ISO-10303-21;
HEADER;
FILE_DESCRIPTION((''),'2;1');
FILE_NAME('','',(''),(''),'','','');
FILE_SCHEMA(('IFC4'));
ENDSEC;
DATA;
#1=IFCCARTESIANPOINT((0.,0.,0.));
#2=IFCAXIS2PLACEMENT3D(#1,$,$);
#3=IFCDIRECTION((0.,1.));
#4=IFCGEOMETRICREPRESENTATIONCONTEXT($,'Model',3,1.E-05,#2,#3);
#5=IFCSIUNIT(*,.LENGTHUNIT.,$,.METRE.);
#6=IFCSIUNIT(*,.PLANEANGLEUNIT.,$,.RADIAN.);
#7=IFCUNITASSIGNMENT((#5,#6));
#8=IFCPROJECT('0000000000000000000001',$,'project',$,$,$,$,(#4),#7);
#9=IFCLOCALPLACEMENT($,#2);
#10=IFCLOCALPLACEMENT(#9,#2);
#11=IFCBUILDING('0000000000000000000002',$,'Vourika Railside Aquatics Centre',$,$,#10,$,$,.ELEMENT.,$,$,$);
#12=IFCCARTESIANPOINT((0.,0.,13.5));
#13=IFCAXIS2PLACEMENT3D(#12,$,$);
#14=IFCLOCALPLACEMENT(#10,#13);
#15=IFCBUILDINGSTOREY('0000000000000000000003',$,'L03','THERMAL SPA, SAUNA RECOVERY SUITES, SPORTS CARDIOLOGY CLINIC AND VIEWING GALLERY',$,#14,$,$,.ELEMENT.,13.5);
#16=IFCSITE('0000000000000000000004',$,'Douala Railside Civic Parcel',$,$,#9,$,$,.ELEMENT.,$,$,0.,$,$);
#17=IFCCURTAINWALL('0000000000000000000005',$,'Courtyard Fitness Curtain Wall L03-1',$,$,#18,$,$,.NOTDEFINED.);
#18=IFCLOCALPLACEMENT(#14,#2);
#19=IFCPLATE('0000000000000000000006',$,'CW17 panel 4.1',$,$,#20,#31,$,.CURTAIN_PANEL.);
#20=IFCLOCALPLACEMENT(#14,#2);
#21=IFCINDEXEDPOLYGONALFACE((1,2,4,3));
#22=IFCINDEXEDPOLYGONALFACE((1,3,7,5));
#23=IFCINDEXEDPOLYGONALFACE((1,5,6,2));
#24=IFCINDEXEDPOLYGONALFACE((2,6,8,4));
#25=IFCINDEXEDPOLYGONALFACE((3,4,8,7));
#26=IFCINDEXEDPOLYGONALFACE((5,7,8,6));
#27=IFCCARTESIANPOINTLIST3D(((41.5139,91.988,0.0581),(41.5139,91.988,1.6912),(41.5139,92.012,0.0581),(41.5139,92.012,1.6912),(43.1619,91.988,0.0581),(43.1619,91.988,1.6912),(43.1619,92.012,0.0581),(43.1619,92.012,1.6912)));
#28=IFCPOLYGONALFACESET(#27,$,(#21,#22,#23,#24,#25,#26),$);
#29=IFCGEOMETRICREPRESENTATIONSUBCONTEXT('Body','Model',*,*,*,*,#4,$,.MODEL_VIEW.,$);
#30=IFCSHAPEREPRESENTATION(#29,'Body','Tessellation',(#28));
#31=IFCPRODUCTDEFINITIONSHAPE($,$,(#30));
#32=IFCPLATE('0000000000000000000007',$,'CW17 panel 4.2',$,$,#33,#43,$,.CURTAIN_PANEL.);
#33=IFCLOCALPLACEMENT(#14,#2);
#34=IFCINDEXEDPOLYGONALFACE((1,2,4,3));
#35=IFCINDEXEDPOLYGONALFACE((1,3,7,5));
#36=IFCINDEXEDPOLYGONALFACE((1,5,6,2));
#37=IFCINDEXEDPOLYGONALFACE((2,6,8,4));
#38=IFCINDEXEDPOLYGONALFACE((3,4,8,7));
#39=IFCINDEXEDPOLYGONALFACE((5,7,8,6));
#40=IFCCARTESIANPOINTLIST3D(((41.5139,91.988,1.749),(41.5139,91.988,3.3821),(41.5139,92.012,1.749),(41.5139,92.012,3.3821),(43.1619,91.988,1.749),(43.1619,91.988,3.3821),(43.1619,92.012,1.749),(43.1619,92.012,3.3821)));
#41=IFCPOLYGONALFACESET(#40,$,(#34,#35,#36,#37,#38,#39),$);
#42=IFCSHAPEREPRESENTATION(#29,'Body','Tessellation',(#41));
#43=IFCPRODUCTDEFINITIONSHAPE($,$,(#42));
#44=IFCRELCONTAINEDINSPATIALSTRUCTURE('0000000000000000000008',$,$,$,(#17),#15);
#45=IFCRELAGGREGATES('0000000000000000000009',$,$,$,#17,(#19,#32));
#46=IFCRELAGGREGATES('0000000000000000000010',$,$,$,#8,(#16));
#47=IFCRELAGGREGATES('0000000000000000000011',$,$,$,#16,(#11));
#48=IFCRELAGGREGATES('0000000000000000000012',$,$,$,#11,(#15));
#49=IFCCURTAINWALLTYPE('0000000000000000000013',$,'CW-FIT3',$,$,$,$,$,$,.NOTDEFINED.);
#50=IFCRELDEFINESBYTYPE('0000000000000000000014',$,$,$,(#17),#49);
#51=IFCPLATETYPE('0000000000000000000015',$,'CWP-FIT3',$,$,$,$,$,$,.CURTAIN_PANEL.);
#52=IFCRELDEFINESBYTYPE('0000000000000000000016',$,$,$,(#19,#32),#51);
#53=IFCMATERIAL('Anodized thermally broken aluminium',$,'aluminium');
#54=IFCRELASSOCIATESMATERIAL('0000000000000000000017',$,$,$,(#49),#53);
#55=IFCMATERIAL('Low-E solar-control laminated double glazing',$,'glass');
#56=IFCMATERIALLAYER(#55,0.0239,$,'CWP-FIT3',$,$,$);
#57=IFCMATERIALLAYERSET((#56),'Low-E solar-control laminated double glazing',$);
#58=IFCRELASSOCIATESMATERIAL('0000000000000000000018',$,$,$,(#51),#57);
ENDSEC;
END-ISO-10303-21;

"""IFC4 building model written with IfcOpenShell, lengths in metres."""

from ifc_helpers import new_model, si_unit, direction, frame, origin, origin_2d, place, context, subcontext, project, spatial, rectangle, extrude, material, layer, layer_set, type_object, element, aggregate, save


model = new_model("IFC4")

# Units and contexts
model_context = context("Model", 3, precision=1e-05, world=origin(), true_north=direction((0.0, 1.0)))
body_context = subcontext(model_context, "Body", "Model", "MODEL_VIEW")
ifc_project = project(units=[si_unit("LENGTHUNIT", "METRE"), si_unit("PLANEANGLEUNIT", "RADIAN")], contexts=[model_context])

# Site, building, storey
site_placement = place(None, origin())
site = spatial("IfcSite", under=ifc_project, at=site_placement, Name="Douala Railside Civic Parcel", CompositionType="ELEMENT", RefElevation=0.0)
building_placement = place(site_placement, origin())
building = spatial("IfcBuilding", under=site, at=building_placement, Name="Vourika Railside Aquatics Centre", CompositionType="ELEMENT")
storey_placement = place(building_placement, frame((0.0, 0.0, 13.5)))
storey = spatial("IfcBuildingStorey", under=building, at=storey_placement, Name="L03", Description="THERMAL SPA, SAUNA RECOVERY SUITES, SPORTS CARDIOLOGY CLINIC AND VIEWING GALLERY", CompositionType="ELEMENT", Elevation=13.5)

# Curtain wall, plates
ifc_material_1 = material(Name="Anodized thermally broken aluminium", Category="aluminium")
curtain_wall_type = type_object("IfcCurtainWallType", Name="CW-FIT3", PredefinedType="NOTDEFINED", material=ifc_material_1)
curtain_wall_placement = place(storey_placement, origin())
curtain_wall = element("IfcCurtainWall", 1, at=curtain_wall_placement, inside=storey, type_object=curtain_wall_type, Name="Courtyard Fitness Curtain Wall L03-1", PredefinedType="NOTDEFINED")
ifc_material_2 = material(Name="Low-E solar-control laminated double glazing", Category="glass")
ifc_layer = layer(ifc_material_2, 0.0239, Name="CWP-FIT3")
ifc_layer_set = layer_set([ifc_layer], Name="Low-E solar-control laminated double glazing")
plate_type = type_object("IfcPlateType", Name="CWP-FIT3", PredefinedType="CURTAIN_PANEL", material=ifc_layer_set)
plate_1_placement = place(storey_placement, frame((42.3379, 92.0, 0.0581), z_axis=(0.0, 0.0, 1.0), x_axis=(1.0, 0.0, 0.0)))
plate_1 = element("IfcPlate", 2, at=plate_1_placement, type_object=plate_type, Name="CW17 panel 4.1", PredefinedType="CURTAIN_PANEL", context=body_context, shape_type="SweptSolid", body=[
    extrude(rectangle(XDim=1.6479, YDim=0.0239, at=origin_2d()), origin(), (0.0, 0.0, 1.0), 1.6331),
])
plate_2_placement = place(storey_placement, frame((42.3379, 92.0, 1.749), z_axis=(0.0, 0.0, 1.0), x_axis=(1.0, 0.0, 0.0)))
plate_2 = element("IfcPlate", 3, at=plate_2_placement, type_object=plate_type, Name="CW17 panel 4.2", PredefinedType="CURTAIN_PANEL", context=body_context, shape_type="SweptSolid", body=[
    extrude(rectangle(XDim=1.6479, YDim=0.0239, at=origin_2d()), origin(), (0.0, 0.0, 1.0), 1.6331),
])
aggregate(curtain_wall, [plate_1, plate_2])

save(model, "model.ifc")
